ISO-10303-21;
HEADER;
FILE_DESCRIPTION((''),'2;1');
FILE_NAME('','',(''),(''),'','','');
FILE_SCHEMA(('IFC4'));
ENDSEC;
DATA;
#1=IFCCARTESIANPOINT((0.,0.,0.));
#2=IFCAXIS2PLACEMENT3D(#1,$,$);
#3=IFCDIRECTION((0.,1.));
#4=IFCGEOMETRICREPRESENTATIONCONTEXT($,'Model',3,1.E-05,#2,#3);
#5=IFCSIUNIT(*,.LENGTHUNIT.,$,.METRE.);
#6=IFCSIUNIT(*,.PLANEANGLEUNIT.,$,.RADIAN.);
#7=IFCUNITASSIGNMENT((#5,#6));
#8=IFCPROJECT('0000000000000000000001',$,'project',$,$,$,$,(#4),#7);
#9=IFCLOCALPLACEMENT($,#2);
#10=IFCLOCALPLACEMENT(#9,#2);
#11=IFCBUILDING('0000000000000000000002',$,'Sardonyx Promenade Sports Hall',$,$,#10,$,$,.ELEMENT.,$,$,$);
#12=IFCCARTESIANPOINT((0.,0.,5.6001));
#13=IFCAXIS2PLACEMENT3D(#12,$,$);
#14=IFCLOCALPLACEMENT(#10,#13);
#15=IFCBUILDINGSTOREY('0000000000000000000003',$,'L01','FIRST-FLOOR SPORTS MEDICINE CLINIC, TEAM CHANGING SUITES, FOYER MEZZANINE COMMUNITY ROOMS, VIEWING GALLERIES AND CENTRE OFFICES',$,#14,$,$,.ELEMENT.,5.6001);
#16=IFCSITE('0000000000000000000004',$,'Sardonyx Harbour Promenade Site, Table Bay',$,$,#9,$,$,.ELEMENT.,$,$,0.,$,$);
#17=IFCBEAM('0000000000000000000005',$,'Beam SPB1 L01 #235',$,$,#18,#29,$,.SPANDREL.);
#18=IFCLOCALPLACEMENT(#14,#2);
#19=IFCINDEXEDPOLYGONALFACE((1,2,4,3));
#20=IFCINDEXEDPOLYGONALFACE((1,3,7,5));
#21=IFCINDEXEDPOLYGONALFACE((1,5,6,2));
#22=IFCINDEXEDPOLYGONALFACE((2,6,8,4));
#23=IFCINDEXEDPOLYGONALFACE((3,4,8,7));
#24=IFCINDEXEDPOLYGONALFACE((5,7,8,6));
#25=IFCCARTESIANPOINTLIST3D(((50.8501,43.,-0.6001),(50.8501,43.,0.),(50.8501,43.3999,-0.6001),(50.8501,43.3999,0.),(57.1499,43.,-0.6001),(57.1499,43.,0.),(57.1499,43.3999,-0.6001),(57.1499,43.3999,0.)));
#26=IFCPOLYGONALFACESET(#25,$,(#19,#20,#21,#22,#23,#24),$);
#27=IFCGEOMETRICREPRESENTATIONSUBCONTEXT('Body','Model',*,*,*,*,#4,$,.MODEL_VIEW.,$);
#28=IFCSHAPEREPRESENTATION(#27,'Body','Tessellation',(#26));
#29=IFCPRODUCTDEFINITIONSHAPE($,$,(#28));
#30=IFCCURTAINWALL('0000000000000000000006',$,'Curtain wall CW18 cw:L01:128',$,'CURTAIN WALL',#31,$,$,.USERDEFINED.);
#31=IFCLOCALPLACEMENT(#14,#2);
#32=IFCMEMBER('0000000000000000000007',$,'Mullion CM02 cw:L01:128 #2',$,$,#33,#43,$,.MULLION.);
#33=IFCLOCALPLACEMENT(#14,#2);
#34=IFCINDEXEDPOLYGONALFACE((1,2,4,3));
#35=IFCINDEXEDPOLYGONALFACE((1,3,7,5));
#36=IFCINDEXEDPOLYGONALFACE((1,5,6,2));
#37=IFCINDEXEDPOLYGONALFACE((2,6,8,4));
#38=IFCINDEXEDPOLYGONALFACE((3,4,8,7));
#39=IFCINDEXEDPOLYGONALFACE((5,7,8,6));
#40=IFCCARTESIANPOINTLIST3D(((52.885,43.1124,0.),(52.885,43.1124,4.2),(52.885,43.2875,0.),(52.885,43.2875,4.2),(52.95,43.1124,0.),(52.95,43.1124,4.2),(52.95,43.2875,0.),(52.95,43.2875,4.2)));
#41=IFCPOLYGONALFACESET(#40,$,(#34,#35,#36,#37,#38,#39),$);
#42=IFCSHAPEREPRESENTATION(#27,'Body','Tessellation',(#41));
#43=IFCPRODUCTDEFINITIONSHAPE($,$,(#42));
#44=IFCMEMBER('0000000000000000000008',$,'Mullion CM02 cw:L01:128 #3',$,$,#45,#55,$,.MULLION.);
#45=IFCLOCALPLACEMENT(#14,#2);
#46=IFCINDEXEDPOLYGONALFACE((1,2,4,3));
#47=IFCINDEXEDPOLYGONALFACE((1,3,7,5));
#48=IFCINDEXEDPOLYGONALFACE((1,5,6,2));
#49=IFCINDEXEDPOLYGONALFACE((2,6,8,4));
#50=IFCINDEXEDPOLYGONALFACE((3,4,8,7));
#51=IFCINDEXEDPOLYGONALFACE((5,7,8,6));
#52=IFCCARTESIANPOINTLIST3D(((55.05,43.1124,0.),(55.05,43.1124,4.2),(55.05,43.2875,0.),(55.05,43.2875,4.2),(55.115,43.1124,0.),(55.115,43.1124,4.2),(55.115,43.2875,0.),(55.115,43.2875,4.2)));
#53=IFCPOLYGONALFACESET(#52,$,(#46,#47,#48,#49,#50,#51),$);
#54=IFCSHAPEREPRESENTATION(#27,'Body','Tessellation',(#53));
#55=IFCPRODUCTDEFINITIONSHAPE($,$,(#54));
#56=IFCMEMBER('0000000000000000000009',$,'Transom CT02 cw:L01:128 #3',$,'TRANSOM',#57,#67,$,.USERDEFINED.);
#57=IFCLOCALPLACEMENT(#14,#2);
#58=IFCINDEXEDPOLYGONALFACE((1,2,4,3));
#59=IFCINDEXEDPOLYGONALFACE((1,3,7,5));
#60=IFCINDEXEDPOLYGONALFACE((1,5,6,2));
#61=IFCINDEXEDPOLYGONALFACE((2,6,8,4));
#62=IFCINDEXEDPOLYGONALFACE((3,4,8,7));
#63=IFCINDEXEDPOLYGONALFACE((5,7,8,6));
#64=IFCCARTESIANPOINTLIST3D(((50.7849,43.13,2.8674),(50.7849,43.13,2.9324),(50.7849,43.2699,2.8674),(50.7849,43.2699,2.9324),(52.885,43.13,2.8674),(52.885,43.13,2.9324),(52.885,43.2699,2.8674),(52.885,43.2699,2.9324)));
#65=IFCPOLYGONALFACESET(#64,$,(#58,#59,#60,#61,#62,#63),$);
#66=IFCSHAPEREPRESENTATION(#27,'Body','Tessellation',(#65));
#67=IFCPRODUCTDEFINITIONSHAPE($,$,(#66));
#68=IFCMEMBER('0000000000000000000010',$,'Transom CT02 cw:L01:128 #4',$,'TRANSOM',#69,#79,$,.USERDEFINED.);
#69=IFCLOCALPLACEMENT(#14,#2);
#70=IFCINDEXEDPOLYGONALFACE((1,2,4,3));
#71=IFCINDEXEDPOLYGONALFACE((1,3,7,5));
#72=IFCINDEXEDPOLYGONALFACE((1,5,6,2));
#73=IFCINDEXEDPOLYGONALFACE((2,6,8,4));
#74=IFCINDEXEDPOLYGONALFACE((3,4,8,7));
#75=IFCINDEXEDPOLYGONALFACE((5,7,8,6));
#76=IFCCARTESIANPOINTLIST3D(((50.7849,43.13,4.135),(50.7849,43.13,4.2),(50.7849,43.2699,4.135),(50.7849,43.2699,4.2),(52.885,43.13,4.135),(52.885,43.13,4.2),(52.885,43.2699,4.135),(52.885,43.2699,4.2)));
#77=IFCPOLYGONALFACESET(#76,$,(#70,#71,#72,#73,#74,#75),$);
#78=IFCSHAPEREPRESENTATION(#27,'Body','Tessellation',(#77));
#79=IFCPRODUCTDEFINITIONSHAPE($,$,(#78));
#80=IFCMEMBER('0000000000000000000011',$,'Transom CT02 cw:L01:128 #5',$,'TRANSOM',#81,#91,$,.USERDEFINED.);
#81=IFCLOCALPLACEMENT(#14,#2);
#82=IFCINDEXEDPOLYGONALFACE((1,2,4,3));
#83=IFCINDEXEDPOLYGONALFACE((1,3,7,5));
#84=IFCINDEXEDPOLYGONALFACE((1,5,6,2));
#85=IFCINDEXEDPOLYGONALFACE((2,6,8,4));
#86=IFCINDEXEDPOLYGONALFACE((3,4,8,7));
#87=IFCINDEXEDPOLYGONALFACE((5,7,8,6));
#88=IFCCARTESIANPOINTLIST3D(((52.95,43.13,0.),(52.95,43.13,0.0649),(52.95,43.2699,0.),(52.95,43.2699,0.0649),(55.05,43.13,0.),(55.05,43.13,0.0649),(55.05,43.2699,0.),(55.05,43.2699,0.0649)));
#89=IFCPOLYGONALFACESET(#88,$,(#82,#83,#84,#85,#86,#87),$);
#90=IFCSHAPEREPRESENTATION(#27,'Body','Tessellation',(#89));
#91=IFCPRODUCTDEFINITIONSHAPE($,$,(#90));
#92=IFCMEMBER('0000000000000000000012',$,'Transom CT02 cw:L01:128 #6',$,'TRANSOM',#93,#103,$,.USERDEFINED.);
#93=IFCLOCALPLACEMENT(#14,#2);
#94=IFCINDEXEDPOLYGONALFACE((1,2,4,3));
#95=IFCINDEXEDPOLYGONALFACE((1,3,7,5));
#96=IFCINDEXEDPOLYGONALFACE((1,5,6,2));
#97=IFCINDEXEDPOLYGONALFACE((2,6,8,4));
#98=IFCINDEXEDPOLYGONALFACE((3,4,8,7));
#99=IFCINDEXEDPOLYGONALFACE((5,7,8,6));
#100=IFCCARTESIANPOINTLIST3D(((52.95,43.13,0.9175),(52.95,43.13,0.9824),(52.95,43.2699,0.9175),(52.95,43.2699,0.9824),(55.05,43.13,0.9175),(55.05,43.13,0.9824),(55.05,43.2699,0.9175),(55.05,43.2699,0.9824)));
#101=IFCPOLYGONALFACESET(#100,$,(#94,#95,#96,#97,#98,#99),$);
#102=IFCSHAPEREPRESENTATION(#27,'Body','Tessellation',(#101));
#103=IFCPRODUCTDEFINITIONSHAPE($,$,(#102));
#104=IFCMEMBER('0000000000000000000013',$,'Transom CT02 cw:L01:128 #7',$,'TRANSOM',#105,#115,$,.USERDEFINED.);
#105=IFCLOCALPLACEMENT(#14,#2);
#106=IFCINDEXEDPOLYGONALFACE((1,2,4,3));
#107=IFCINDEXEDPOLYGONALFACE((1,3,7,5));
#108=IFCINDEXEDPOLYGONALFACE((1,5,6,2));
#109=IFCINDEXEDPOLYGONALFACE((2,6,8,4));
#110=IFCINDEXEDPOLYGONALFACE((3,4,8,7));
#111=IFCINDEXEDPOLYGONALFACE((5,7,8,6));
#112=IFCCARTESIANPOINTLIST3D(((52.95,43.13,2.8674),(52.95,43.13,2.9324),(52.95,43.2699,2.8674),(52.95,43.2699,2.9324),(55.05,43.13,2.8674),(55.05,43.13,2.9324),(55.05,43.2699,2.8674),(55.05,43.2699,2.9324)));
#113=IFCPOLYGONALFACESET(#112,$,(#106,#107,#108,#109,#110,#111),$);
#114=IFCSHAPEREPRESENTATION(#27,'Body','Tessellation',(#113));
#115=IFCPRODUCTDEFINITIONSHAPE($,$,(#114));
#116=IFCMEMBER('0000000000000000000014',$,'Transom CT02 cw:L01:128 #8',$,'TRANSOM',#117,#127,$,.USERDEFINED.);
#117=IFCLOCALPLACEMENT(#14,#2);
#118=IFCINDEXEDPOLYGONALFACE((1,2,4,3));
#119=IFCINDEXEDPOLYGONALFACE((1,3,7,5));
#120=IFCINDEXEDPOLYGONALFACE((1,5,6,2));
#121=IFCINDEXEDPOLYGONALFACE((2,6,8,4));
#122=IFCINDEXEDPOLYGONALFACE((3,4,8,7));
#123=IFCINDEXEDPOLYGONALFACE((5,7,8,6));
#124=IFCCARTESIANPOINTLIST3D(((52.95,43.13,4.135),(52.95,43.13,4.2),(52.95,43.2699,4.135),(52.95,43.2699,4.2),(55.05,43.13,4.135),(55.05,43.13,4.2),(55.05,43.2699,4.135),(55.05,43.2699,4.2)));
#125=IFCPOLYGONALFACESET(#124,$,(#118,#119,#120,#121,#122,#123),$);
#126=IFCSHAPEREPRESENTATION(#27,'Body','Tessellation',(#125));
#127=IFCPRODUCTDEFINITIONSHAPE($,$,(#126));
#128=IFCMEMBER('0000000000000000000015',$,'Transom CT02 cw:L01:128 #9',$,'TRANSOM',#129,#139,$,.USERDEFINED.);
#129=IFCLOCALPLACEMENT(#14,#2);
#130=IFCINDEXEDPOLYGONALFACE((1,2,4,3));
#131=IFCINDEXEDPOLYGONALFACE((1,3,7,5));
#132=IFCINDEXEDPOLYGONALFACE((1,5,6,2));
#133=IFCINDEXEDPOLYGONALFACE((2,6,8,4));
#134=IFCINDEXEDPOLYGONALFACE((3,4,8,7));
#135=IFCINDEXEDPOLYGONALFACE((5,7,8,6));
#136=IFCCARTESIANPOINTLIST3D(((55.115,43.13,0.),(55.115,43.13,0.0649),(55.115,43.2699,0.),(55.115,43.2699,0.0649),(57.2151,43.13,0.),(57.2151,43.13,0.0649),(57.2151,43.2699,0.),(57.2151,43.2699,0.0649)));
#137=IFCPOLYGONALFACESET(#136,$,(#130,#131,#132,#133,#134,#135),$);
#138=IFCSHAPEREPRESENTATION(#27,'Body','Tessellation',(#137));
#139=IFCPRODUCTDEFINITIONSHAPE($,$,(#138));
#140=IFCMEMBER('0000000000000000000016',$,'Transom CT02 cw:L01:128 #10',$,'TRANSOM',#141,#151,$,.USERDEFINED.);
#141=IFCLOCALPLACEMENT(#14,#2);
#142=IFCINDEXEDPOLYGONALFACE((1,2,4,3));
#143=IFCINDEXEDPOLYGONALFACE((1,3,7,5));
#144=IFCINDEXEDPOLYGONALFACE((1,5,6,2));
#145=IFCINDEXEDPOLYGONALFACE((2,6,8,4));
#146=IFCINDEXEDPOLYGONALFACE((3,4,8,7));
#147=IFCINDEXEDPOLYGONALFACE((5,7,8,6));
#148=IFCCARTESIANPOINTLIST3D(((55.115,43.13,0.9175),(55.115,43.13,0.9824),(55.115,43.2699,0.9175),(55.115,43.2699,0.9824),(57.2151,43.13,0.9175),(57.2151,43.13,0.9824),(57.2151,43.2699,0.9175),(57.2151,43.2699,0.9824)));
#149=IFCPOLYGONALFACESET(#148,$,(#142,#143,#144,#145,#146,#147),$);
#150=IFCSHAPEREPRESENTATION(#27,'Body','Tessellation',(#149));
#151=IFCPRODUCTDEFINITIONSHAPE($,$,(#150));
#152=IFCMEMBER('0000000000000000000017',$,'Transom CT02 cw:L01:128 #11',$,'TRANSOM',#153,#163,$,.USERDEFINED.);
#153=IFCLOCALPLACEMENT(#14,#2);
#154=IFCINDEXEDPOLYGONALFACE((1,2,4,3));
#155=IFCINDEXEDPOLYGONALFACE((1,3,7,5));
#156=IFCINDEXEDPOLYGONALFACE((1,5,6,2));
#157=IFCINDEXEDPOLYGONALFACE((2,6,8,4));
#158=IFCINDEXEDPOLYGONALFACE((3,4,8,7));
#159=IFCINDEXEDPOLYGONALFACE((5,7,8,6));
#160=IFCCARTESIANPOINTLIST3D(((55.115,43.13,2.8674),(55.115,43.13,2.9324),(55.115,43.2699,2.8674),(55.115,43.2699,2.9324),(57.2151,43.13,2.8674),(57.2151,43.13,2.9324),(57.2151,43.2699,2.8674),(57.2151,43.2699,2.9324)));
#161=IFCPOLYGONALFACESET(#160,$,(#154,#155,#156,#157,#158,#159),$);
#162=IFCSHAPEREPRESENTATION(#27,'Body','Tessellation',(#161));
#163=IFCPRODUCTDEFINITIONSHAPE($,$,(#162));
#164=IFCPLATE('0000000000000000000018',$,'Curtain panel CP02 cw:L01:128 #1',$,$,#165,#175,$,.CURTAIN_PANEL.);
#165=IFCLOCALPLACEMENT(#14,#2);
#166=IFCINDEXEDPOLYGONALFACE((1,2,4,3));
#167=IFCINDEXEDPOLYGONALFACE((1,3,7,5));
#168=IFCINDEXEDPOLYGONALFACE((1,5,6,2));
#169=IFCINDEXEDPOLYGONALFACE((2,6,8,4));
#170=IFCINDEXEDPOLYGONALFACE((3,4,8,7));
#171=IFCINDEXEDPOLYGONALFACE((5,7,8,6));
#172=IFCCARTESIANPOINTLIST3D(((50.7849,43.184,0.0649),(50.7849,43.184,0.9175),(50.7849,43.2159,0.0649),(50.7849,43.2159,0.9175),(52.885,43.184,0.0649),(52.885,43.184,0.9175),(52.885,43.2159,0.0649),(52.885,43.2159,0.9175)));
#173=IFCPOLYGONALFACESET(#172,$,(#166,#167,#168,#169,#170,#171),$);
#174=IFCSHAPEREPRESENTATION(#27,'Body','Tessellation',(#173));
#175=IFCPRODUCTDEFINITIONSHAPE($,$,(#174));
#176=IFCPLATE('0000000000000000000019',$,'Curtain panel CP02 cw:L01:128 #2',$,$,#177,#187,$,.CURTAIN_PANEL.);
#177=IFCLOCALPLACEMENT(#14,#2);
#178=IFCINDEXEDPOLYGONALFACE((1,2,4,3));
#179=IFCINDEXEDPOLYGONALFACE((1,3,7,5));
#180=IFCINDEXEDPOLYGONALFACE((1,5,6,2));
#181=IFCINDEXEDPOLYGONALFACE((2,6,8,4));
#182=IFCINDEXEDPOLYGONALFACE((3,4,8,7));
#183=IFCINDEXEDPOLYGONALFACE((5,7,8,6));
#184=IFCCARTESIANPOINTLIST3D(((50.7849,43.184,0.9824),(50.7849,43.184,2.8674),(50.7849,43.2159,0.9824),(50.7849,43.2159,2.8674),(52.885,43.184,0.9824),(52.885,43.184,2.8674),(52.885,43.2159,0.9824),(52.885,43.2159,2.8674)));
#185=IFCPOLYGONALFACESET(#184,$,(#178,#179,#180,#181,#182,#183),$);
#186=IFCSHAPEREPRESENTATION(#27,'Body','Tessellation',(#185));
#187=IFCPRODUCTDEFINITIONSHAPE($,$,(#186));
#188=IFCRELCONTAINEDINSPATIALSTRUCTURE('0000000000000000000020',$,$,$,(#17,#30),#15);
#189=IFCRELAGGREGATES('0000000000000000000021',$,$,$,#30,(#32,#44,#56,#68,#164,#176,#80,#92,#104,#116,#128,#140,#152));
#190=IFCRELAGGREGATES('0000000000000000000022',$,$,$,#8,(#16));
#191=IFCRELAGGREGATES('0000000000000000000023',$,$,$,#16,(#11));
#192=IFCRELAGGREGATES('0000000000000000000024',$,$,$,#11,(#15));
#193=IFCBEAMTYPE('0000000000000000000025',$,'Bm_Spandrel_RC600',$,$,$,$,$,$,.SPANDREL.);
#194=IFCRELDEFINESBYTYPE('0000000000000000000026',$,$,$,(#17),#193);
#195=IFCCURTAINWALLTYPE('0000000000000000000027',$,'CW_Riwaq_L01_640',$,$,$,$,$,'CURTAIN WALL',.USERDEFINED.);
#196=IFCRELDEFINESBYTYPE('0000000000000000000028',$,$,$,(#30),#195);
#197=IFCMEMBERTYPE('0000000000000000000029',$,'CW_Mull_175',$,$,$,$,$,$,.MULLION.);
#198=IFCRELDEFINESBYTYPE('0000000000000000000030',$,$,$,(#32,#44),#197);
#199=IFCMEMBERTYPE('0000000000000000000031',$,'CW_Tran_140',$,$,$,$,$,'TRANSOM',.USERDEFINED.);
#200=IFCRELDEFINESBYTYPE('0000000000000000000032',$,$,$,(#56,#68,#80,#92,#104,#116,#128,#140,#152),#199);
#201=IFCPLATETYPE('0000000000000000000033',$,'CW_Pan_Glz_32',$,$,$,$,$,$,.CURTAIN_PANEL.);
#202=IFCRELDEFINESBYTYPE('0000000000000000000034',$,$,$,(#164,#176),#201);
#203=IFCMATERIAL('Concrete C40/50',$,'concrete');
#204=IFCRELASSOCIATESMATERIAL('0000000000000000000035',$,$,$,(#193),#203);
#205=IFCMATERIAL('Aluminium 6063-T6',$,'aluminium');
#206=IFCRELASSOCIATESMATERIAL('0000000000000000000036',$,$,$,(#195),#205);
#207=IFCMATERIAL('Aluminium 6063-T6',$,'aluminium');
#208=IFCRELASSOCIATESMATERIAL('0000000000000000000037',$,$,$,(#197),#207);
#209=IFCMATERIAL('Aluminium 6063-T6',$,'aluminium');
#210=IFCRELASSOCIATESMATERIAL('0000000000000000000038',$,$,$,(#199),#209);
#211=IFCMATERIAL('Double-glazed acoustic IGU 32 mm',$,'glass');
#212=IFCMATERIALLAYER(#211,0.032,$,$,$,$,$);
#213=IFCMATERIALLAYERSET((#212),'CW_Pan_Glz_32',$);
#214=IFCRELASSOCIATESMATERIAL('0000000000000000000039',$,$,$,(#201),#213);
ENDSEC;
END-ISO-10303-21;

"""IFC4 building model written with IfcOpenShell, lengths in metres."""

from ifc_helpers import new_model, si_unit, direction, frame, origin, origin_2d, place, context, subcontext, project, spatial, rectangle, extrude, material, layer, layer_set, material_profile, profile_set, type_object, element, aggregate, save


model = new_model("IFC4")

# Units and contexts
model_context = context("Model", 3, precision=1e-05, world=origin(), true_north=direction((0.0, 1.0)))
body_context = subcontext(model_context, "Body", "Model", "MODEL_VIEW")
ifc_project = project(units=[si_unit("LENGTHUNIT", "METRE"), si_unit("PLANEANGLEUNIT", "RADIAN")], contexts=[model_context])

# Site, building, storey
site_placement = place(None, origin())
site = spatial("IfcSite", under=ifc_project, at=site_placement, Name="Sardonyx Harbour Promenade Site, Table Bay", CompositionType="ELEMENT", RefElevation=0.0)
building_placement = place(site_placement, origin())
building = spatial("IfcBuilding", under=site, at=building_placement, Name="Sardonyx Promenade Sports Hall", CompositionType="ELEMENT")
storey_placement = place(building_placement, frame((0.0, 0.0, 5.6001)))
storey = spatial("IfcBuildingStorey", under=building, at=storey_placement, Name="L01", Description="FIRST-FLOOR SPORTS MEDICINE CLINIC, TEAM CHANGING SUITES, FOYER MEZZANINE COMMUNITY ROOMS, VIEWING GALLERIES AND CENTRE OFFICES", CompositionType="ELEMENT", Elevation=5.6001)

# Beam
ifc_material_1 = material(Name="Concrete C40/50", Category="concrete")
ifc_material_profile_1 = material_profile(ifc_material_1, rectangle(XDim=0.3999, YDim=0.6001, at=origin_2d()))
ifc_profile_set_1 = profile_set([ifc_material_profile_1], Name="Concrete C40/50")
beam_type = type_object("IfcBeamType", Name="Bm_Spandrel_RC600", PredefinedType="SPANDREL", material=ifc_profile_set_1)
beam_placement = place(storey_placement, frame((50.8501, 43.2, -0.3), z_axis=(1.0, 0.0, 0.0), x_axis=(0.0, 1.0, 0.0)))
element("IfcBeam", 1, at=beam_placement, inside=storey, type_object=beam_type, Name="Beam SPB1 L01 #235", PredefinedType="SPANDREL", context=body_context, shape_type="SweptSolid", body=[
    extrude(rectangle(XDim=0.3999, YDim=0.6001, at=origin_2d()), origin(), (0.0, 0.0, 1.0), 6.2998),
])

# Curtain wall, members, plates
ifc_material_2 = material(Name="Aluminium 6063-T6", Category="aluminium")
curtain_wall_type = type_object("IfcCurtainWallType", Name="CW_Riwaq_L01_640", ElementType="CURTAIN WALL", PredefinedType="USERDEFINED", material=ifc_material_2)
curtain_wall_placement = place(storey_placement, origin())
curtain_wall = element("IfcCurtainWall", 2, at=curtain_wall_placement, inside=storey, type_object=curtain_wall_type, Name="Curtain wall CW18 cw:L01:128", ObjectType="CURTAIN WALL", PredefinedType="USERDEFINED")
ifc_material_3 = material(Name="Aluminium 6063-T6", Category="aluminium")
ifc_material_profile_2 = material_profile(ifc_material_3, rectangle(XDim=0.0649, YDim=0.175, at=origin_2d()))
ifc_profile_set_2 = profile_set([ifc_material_profile_2], Name="Aluminium 6063-T6")
member_type_1 = type_object("IfcMemberType", Name="CW_Mull_175", PredefinedType="MULLION", material=ifc_profile_set_2)
member_1_placement = place(storey_placement, frame((52.9175, 43.2, 0.0), z_axis=(0.0, 0.0, 1.0), x_axis=(1.0, 0.0, 0.0)))
member_1 = element("IfcMember", 3, at=member_1_placement, type_object=member_type_1, Name="Mullion CM02 cw:L01:128 #2", PredefinedType="MULLION", context=body_context, shape_type="SweptSolid", body=[
    extrude(rectangle(XDim=0.0649, YDim=0.175, at=origin_2d()), origin(), (0.0, 0.0, 1.0), 4.2),
])
member_2_placement = place(storey_placement, frame((55.0825, 43.2, 0.0), z_axis=(0.0, 0.0, 1.0), x_axis=(1.0, 0.0, 0.0)))
member_2 = element("IfcMember", 4, at=member_2_placement, type_object=member_type_1, Name="Mullion CM02 cw:L01:128 #3", PredefinedType="MULLION", context=body_context, shape_type="SweptSolid", body=[
    extrude(rectangle(XDim=0.0649, YDim=0.175, at=origin_2d()), origin(), (0.0, 0.0, 1.0), 4.2),
])
ifc_material_4 = material(Name="Aluminium 6063-T6", Category="aluminium")
ifc_material_profile_3 = material_profile(ifc_material_4, rectangle(XDim=0.0649, YDim=0.1399, at=origin_2d()))
ifc_profile_set_3 = profile_set([ifc_material_profile_3], Name="Aluminium 6063-T6")
member_type_2 = type_object("IfcMemberType", Name="CW_Tran_140", ElementType="TRANSOM", PredefinedType="USERDEFINED", material=ifc_profile_set_3)
member_3_placement = place(storey_placement, frame((50.7849, 43.2, 2.8999), z_axis=(1.0, 0.0, 0.0), x_axis=(0.0, 0.0, 1.0)))
member_3 = element("IfcMember", 5, at=member_3_placement, type_object=member_type_2, Name="Transom CT02 cw:L01:128 #3", ObjectType="TRANSOM", PredefinedType="USERDEFINED", context=body_context, shape_type="SweptSolid", body=[
    extrude(rectangle(XDim=0.0649, YDim=0.1399, at=origin_2d()), origin(), (0.0, 0.0, 1.0), 2.1001),
])
member_4_placement = place(storey_placement, frame((50.7849, 43.2, 4.1675), z_axis=(1.0, 0.0, 0.0), x_axis=(0.0, 0.0, 1.0)))
member_4 = element("IfcMember", 6, at=member_4_placement, type_object=member_type_2, Name="Transom CT02 cw:L01:128 #4", ObjectType="TRANSOM", PredefinedType="USERDEFINED", context=body_context, shape_type="SweptSolid", body=[
    extrude(rectangle(XDim=0.0649, YDim=0.1399, at=origin_2d()), origin(), (0.0, 0.0, 1.0), 2.1001),
])
member_5_placement = place(storey_placement, frame((52.95, 43.2, 0.0325), z_axis=(1.0, 0.0, 0.0), x_axis=(0.0, 0.0, 1.0)))
member_5 = element("IfcMember", 7, at=member_5_placement, type_object=member_type_2, Name="Transom CT02 cw:L01:128 #5", ObjectType="TRANSOM", PredefinedType="USERDEFINED", context=body_context, shape_type="SweptSolid", body=[
    extrude(rectangle(XDim=0.0649, YDim=0.1399, at=origin_2d()), origin(), (0.0, 0.0, 1.0), 2.1001),
])
member_6_placement = place(storey_placement, frame((52.95, 43.2, 0.95), z_axis=(1.0, 0.0, 0.0), x_axis=(0.0, 0.0, 1.0)))
member_6 = element("IfcMember", 8, at=member_6_placement, type_object=member_type_2, Name="Transom CT02 cw:L01:128 #6", ObjectType="TRANSOM", PredefinedType="USERDEFINED", context=body_context, shape_type="SweptSolid", body=[
    extrude(rectangle(XDim=0.0649, YDim=0.1399, at=origin_2d()), origin(), (0.0, 0.0, 1.0), 2.1001),
])
member_7_placement = place(storey_placement, frame((52.95, 43.2, 2.8999), z_axis=(1.0, 0.0, 0.0), x_axis=(0.0, 0.0, 1.0)))
member_7 = element("IfcMember", 9, at=member_7_placement, type_object=member_type_2, Name="Transom CT02 cw:L01:128 #7", ObjectType="TRANSOM", PredefinedType="USERDEFINED", context=body_context, shape_type="SweptSolid", body=[
    extrude(rectangle(XDim=0.0649, YDim=0.1399, at=origin_2d()), origin(), (0.0, 0.0, 1.0), 2.1001),
])
member_8_placement = place(storey_placement, frame((52.95, 43.2, 4.1675), z_axis=(1.0, 0.0, 0.0), x_axis=(0.0, 0.0, 1.0)))
member_8 = element("IfcMember", 10, at=member_8_placement, type_object=member_type_2, Name="Transom CT02 cw:L01:128 #8", ObjectType="TRANSOM", PredefinedType="USERDEFINED", context=body_context, shape_type="SweptSolid", body=[
    extrude(rectangle(XDim=0.0649, YDim=0.1399, at=origin_2d()), origin(), (0.0, 0.0, 1.0), 2.1001),
])
member_9_placement = place(storey_placement, frame((55.115, 43.2, 0.0325), z_axis=(1.0, 0.0, 0.0), x_axis=(0.0, 0.0, 1.0)))
member_9 = element("IfcMember", 11, at=member_9_placement, type_object=member_type_2, Name="Transom CT02 cw:L01:128 #9", ObjectType="TRANSOM", PredefinedType="USERDEFINED", context=body_context, shape_type="SweptSolid", body=[
    extrude(rectangle(XDim=0.0649, YDim=0.1399, at=origin_2d()), origin(), (0.0, 0.0, 1.0), 2.1001),
])
member_10_placement = place(storey_placement, frame((55.115, 43.2, 0.95), z_axis=(1.0, 0.0, 0.0), x_axis=(0.0, 0.0, 1.0)))
member_10 = element("IfcMember", 12, at=member_10_placement, type_object=member_type_2, Name="Transom CT02 cw:L01:128 #10", ObjectType="TRANSOM", PredefinedType="USERDEFINED", context=body_context, shape_type="SweptSolid", body=[
    extrude(rectangle(XDim=0.0649, YDim=0.1399, at=origin_2d()), origin(), (0.0, 0.0, 1.0), 2.1001),
])
member_11_placement = place(storey_placement, frame((55.115, 43.2, 2.8999), z_axis=(1.0, 0.0, 0.0), x_axis=(0.0, 0.0, 1.0)))
member_11 = element("IfcMember", 13, at=member_11_placement, type_object=member_type_2, Name="Transom CT02 cw:L01:128 #11", ObjectType="TRANSOM", PredefinedType="USERDEFINED", context=body_context, shape_type="SweptSolid", body=[
    extrude(rectangle(XDim=0.0649, YDim=0.1399, at=origin_2d()), origin(), (0.0, 0.0, 1.0), 2.1001),
])
ifc_material_5 = material(Name="Double-glazed acoustic IGU 32 mm", Category="glass")
ifc_layer_1 = layer(ifc_material_5, 0.032)
ifc_layer_set_1 = layer_set([ifc_layer_1], Name="CW_Pan_Glz_32")
plate_type = type_object("IfcPlateType", Name="CW_Pan_Glz_32", PredefinedType="CURTAIN_PANEL", material=ifc_layer_set_1)
plate_1_placement = place(storey_placement, frame((51.835, 43.2, 0.0649), z_axis=(0.0, 0.0, 1.0), x_axis=(1.0, 0.0, 0.0)))
plate_1 = element("IfcPlate", 14, at=plate_1_placement, type_object=plate_type, Name="Curtain panel CP02 cw:L01:128 #1", PredefinedType="CURTAIN_PANEL", context=body_context, shape_type="SweptSolid", body=[
    extrude(rectangle(XDim=2.1001, YDim=0.032, at=origin_2d()), origin(), (0.0, 0.0, 1.0), 0.8525),
])
plate_2_placement = place(storey_placement, frame((51.835, 43.2, 0.9824), z_axis=(0.0, 0.0, 1.0), x_axis=(1.0, 0.0, 0.0)))
plate_2 = element("IfcPlate", 15, at=plate_2_placement, type_object=plate_type, Name="Curtain panel CP02 cw:L01:128 #2", PredefinedType="CURTAIN_PANEL", context=body_context, shape_type="SweptSolid", body=[
    extrude(rectangle(XDim=2.1001, YDim=0.032, at=origin_2d()), origin(), (0.0, 0.0, 1.0), 1.885),
])
aggregate(curtain_wall, [member_1, member_2, member_3, member_4, plate_1, plate_2, member_5, member_6, member_7, member_8, member_9, member_10, member_11])

save(model, "model.ifc")
